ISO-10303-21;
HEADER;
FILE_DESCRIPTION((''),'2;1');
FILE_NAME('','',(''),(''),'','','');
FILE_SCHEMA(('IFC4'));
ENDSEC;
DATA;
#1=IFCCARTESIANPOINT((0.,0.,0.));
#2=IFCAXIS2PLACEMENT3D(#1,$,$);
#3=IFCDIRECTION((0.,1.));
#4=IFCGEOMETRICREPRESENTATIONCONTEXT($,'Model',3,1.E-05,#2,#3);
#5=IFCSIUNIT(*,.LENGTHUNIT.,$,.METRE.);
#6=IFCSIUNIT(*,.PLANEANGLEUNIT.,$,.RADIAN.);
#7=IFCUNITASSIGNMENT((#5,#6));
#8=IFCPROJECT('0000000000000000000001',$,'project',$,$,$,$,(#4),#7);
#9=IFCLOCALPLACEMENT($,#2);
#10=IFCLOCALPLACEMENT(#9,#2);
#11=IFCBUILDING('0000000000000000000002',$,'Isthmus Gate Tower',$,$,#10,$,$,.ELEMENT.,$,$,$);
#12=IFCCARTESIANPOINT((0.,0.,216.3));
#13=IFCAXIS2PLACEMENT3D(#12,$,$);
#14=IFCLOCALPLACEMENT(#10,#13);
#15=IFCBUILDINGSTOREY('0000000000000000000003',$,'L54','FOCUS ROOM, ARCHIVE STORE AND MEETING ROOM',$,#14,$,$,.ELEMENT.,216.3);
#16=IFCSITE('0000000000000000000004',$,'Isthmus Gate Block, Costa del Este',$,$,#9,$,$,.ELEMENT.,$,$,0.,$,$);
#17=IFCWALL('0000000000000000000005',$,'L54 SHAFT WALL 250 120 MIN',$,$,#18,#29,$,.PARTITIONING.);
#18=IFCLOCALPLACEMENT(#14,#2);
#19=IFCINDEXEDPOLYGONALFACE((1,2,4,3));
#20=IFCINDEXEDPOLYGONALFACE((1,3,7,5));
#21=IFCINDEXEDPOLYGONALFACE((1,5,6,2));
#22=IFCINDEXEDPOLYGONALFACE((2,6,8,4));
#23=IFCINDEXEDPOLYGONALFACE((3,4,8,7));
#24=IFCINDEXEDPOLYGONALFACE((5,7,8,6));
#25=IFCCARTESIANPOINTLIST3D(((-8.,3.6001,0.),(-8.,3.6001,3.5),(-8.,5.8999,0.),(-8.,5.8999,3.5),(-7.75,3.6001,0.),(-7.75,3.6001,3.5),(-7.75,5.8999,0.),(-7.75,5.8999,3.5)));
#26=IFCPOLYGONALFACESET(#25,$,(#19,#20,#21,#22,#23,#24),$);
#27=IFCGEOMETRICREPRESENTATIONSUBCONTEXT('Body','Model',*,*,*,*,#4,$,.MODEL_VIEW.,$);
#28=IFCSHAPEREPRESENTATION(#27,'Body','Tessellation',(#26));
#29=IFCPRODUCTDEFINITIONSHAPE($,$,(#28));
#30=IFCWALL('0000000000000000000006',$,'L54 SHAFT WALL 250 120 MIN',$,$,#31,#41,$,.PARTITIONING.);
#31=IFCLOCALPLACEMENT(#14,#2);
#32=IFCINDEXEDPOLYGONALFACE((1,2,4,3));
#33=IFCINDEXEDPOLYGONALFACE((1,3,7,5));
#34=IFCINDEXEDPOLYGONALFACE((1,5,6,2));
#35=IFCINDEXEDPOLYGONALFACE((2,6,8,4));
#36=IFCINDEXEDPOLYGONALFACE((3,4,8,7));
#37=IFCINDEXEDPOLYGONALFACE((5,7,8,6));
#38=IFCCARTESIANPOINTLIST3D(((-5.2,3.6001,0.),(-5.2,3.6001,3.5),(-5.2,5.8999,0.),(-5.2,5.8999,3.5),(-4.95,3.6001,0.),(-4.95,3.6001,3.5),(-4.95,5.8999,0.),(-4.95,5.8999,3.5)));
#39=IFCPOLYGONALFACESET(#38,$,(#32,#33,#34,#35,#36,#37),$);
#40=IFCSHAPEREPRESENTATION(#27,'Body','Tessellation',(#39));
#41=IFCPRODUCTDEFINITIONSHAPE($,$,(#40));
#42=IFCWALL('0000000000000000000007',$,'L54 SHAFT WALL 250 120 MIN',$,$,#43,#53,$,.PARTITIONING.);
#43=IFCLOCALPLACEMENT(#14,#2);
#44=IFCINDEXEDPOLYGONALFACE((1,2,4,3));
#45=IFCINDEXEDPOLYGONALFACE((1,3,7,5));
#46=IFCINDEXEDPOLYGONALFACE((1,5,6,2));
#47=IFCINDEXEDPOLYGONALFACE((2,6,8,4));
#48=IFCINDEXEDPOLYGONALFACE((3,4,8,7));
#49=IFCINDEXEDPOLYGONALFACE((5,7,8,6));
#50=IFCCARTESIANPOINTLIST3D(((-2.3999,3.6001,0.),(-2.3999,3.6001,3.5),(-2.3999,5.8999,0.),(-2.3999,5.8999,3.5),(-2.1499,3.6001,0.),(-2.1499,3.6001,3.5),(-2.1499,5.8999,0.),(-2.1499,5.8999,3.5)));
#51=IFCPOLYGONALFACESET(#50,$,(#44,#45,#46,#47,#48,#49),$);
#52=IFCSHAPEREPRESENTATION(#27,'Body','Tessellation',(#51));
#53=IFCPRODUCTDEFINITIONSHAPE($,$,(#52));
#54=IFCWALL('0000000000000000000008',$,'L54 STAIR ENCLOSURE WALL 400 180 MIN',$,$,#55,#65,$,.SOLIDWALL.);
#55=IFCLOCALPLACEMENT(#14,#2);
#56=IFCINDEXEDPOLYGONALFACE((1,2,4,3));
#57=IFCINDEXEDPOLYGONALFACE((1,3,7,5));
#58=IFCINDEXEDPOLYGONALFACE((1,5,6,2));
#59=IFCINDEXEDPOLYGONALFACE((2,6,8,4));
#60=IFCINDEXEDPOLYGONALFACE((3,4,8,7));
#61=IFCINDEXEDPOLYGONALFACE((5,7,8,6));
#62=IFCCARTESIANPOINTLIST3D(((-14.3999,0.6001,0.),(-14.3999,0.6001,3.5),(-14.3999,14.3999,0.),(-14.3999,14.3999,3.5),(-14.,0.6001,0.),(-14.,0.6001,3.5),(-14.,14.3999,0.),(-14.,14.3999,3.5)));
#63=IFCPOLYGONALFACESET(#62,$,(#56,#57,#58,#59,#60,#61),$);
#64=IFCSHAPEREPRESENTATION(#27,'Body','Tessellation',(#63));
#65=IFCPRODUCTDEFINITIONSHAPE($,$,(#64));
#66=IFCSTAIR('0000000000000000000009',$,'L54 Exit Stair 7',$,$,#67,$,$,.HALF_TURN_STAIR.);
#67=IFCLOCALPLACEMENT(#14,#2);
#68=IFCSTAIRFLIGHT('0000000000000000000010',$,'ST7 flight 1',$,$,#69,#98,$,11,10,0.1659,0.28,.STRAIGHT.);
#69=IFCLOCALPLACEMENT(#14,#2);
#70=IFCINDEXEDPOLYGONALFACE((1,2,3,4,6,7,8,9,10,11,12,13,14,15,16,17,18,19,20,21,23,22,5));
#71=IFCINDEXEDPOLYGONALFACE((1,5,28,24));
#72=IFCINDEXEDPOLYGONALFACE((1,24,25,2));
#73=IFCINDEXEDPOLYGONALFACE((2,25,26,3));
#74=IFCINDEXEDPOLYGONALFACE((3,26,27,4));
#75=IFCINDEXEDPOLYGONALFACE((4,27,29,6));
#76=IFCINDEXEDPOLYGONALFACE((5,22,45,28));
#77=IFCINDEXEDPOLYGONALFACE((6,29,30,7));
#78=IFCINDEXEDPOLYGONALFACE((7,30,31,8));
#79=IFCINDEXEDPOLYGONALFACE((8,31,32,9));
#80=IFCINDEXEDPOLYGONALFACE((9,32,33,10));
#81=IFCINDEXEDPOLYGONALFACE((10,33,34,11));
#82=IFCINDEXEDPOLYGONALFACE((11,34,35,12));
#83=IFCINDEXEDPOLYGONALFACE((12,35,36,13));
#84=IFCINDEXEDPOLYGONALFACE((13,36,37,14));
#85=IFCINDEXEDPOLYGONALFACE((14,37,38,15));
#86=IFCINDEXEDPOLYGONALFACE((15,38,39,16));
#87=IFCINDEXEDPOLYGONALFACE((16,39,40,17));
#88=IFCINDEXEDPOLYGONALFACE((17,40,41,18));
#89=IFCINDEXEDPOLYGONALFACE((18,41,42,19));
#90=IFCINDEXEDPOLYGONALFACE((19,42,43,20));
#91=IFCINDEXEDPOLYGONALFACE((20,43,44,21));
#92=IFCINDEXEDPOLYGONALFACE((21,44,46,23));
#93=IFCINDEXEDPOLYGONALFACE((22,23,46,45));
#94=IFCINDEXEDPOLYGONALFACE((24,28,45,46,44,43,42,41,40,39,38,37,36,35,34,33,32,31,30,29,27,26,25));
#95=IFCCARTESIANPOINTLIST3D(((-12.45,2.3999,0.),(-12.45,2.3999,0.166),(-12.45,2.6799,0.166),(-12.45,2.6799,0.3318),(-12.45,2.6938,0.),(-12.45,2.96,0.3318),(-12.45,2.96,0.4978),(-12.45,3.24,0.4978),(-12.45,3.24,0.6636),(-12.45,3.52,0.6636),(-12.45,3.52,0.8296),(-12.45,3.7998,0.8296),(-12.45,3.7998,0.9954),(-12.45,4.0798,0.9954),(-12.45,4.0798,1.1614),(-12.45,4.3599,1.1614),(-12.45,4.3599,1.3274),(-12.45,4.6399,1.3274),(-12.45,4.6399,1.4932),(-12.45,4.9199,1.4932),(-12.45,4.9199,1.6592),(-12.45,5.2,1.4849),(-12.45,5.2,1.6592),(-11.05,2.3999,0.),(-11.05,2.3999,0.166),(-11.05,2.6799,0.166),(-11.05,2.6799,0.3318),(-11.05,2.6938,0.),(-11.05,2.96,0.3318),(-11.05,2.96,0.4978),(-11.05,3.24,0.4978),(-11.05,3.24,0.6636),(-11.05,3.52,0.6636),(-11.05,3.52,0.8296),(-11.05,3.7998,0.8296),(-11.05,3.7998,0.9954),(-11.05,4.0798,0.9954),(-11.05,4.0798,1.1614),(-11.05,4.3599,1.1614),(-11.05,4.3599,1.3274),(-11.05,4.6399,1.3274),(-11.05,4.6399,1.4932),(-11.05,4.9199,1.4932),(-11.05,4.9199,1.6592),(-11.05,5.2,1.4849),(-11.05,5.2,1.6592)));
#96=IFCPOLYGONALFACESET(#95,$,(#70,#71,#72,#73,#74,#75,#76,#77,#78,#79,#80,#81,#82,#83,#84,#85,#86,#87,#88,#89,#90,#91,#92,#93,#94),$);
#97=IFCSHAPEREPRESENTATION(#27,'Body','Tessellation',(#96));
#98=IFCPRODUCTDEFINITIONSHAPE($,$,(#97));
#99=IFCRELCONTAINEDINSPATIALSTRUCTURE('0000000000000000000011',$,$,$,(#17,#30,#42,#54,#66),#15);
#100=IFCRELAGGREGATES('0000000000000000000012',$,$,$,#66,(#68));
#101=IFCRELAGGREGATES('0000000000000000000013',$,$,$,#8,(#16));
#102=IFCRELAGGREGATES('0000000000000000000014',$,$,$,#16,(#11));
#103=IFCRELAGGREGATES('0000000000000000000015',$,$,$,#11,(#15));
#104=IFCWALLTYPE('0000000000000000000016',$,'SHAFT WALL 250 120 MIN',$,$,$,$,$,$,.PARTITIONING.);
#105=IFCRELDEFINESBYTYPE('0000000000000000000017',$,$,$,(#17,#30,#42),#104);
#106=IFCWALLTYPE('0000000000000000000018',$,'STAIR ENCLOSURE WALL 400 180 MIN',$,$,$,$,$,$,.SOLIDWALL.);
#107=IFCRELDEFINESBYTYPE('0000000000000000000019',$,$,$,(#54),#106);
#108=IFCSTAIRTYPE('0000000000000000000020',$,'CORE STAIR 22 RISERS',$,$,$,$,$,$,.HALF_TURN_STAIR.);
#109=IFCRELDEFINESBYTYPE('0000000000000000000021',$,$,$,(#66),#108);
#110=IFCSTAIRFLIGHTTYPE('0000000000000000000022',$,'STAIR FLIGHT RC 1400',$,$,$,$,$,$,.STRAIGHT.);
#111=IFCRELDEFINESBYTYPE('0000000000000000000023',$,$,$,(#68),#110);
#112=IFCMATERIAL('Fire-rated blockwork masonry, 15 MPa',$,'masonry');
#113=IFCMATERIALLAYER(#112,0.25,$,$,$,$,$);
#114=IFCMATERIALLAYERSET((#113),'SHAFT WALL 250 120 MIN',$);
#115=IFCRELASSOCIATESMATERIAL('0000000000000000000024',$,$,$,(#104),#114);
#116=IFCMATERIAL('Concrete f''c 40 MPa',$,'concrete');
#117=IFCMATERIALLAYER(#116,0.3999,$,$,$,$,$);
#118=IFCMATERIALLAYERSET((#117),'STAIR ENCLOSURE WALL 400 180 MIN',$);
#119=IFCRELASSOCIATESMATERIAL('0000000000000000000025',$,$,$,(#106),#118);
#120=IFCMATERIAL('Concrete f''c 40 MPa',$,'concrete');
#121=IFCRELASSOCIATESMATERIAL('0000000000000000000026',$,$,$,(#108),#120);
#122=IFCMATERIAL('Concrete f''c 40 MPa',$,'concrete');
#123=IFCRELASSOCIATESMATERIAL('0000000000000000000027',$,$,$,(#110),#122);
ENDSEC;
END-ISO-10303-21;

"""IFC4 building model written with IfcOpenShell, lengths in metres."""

from ifc_helpers import new_model, si_unit, direction, frame, frame_2d, origin, place, context, subcontext, project, spatial, polyline, rectangle, outline, extrude, material, layer, layer_set, type_object, element, aggregate, save


model = new_model("IFC4")

# Units and contexts
model_context = context("Model", 3, precision=1e-05, world=origin(), true_north=direction((0.0, 1.0)))
body_context = subcontext(model_context, "Body", "Model", "MODEL_VIEW")
ifc_project = project(units=[si_unit("LENGTHUNIT", "METRE"), si_unit("PLANEANGLEUNIT", "RADIAN")], contexts=[model_context])

# Site, building, storey
site_placement = place(None, origin())
site = spatial("IfcSite", under=ifc_project, at=site_placement, Name="Isthmus Gate Block, Costa del Este", CompositionType="ELEMENT", RefElevation=0.0)
building_placement = place(site_placement, origin())
building = spatial("IfcBuilding", under=site, at=building_placement, Name="Isthmus Gate Tower", CompositionType="ELEMENT")
storey_placement = place(building_placement, frame((0.0, 0.0, 216.3)))
storey = spatial("IfcBuildingStorey", under=building, at=storey_placement, Name="L54", Description="FOCUS ROOM, ARCHIVE STORE AND MEETING ROOM", CompositionType="ELEMENT", Elevation=216.3)

# Walls
ifc_material_1 = material(Name="Fire-rated blockwork masonry, 15 MPa", Category="masonry")
ifc_layer_1 = layer(ifc_material_1, 0.25)
ifc_layer_set_1 = layer_set([ifc_layer_1], Name="SHAFT WALL 250 120 MIN")
wall_type_1 = type_object("IfcWallType", Name="SHAFT WALL 250 120 MIN", PredefinedType="PARTITIONING", material=ifc_layer_set_1)
for number, where, z_axis, x_axis, name in (
    (1, (-7.875, 3.6001, 0.0), (0.0, 0.0, 1.0), (0.0, 1.0, 0.0), "L54 SHAFT WALL 250 120 MIN"),
    (2, (-5.075, 3.6001, 0.0), (0.0, 0.0, 1.0), (0.0, 1.0, 0.0), "L54 SHAFT WALL 250 120 MIN"),
    (3, (-2.2749, 3.6001, 0.0), (0.0, 0.0, 1.0), (0.0, 1.0, 0.0), "L54 SHAFT WALL 250 120 MIN"),
):
    element("IfcWall", number, at=place(storey_placement, frame(where, z_axis=z_axis, x_axis=x_axis)), inside=storey, type_object=wall_type_1, Name=name, PredefinedType="PARTITIONING", context=body_context, shape_type="SweptSolid", body=[
        extrude(rectangle(XDim=2.2998, YDim=0.25, at=frame_2d((1.1499, 0.0))), origin(), (0.0, 0.0, 1.0), 3.5),
    ])
ifc_material_2 = material(Name="Concrete f'c 40 MPa", Category="concrete")
ifc_layer_2 = layer(ifc_material_2, 0.3999)
ifc_layer_set_2 = layer_set([ifc_layer_2], Name="STAIR ENCLOSURE WALL 400 180 MIN")
wall_type_2 = type_object("IfcWallType", Name="STAIR ENCLOSURE WALL 400 180 MIN", PredefinedType="SOLIDWALL", material=ifc_layer_set_2)
wall_1_placement = place(storey_placement, frame((-14.2, 0.6001, 0.0), z_axis=(0.0, 0.0, 1.0), x_axis=(0.0, 1.0, 0.0)))
element("IfcWall", 4, at=wall_1_placement, inside=storey, type_object=wall_type_2, Name="L54 STAIR ENCLOSURE WALL 400 180 MIN", PredefinedType="SOLIDWALL", context=body_context, shape_type="SweptSolid", body=[
    extrude(rectangle(XDim=13.7998, YDim=0.3999, at=frame_2d((6.8999, 0.0))), origin(), (0.0, 0.0, 1.0), 3.5),
])

# Stair, stair flight
ifc_material_3 = material(Name="Concrete f'c 40 MPa", Category="concrete")
stair_type = type_object("IfcStairType", Name="CORE STAIR 22 RISERS", PredefinedType="HALF_TURN_STAIR", material=ifc_material_3)
stair_placement = place(storey_placement, origin())
stair = element("IfcStair", 5, at=stair_placement, inside=storey, type_object=stair_type, Name="L54 Exit Stair 7", PredefinedType="HALF_TURN_STAIR")
ifc_material_4 = material(Name="Concrete f'c 40 MPa", Category="concrete")
stair_flight_type = type_object("IfcStairFlightType", Name="STAIR FLIGHT RC 1400", PredefinedType="STRAIGHT", material=ifc_material_4)
stair_flight_placement = place(storey_placement, frame((-11.75, 2.3999, 0.0), z_axis=(0.0, 0.0, 1.0), x_axis=(0.0, 1.0, 0.0)))
stair_flight = element("IfcStairFlight", 6, at=stair_flight_placement, type_object=stair_flight_type, Name="ST7 flight 1", NumberOfRisers=11, NumberOfTreads=10, PredefinedType="STRAIGHT", RiserHeight=0.1659, TreadLength=0.28, context=body_context, shape_type="SweptSolid", body=[
    extrude(outline(polyline([(0.0, 0.0), (0.0, 0.166), (0.28, 0.166), (0.28, 0.3318), (0.5601, 0.3318), (0.5601, 0.4978), (0.8401, 0.4978), (0.8401, 0.6636), (1.1201, 0.6636), (1.1201, 0.8296), (1.3999, 0.8296), (1.3999, 0.9954), (1.6799, 0.9954), (1.6799, 1.1614), (1.96, 1.1614), (1.96, 1.3274), (2.24, 1.3274), (2.24, 1.4932), (2.52, 1.4932), (2.52, 1.6592), (2.8, 1.6592), (2.8, 1.825), (2.8, 1.4849), (0.2939, 0.0), (0.0, 0.0)])), frame((0.0, 0.7, 0.0), z_axis=(0.0, -1.0, 0.0), x_axis=(1.0, 0.0, 0.0)), (0.0, 0.0, 1.0), 1.3999),
])
aggregate(stair, [stair_flight])

save(model, "model.ifc")
